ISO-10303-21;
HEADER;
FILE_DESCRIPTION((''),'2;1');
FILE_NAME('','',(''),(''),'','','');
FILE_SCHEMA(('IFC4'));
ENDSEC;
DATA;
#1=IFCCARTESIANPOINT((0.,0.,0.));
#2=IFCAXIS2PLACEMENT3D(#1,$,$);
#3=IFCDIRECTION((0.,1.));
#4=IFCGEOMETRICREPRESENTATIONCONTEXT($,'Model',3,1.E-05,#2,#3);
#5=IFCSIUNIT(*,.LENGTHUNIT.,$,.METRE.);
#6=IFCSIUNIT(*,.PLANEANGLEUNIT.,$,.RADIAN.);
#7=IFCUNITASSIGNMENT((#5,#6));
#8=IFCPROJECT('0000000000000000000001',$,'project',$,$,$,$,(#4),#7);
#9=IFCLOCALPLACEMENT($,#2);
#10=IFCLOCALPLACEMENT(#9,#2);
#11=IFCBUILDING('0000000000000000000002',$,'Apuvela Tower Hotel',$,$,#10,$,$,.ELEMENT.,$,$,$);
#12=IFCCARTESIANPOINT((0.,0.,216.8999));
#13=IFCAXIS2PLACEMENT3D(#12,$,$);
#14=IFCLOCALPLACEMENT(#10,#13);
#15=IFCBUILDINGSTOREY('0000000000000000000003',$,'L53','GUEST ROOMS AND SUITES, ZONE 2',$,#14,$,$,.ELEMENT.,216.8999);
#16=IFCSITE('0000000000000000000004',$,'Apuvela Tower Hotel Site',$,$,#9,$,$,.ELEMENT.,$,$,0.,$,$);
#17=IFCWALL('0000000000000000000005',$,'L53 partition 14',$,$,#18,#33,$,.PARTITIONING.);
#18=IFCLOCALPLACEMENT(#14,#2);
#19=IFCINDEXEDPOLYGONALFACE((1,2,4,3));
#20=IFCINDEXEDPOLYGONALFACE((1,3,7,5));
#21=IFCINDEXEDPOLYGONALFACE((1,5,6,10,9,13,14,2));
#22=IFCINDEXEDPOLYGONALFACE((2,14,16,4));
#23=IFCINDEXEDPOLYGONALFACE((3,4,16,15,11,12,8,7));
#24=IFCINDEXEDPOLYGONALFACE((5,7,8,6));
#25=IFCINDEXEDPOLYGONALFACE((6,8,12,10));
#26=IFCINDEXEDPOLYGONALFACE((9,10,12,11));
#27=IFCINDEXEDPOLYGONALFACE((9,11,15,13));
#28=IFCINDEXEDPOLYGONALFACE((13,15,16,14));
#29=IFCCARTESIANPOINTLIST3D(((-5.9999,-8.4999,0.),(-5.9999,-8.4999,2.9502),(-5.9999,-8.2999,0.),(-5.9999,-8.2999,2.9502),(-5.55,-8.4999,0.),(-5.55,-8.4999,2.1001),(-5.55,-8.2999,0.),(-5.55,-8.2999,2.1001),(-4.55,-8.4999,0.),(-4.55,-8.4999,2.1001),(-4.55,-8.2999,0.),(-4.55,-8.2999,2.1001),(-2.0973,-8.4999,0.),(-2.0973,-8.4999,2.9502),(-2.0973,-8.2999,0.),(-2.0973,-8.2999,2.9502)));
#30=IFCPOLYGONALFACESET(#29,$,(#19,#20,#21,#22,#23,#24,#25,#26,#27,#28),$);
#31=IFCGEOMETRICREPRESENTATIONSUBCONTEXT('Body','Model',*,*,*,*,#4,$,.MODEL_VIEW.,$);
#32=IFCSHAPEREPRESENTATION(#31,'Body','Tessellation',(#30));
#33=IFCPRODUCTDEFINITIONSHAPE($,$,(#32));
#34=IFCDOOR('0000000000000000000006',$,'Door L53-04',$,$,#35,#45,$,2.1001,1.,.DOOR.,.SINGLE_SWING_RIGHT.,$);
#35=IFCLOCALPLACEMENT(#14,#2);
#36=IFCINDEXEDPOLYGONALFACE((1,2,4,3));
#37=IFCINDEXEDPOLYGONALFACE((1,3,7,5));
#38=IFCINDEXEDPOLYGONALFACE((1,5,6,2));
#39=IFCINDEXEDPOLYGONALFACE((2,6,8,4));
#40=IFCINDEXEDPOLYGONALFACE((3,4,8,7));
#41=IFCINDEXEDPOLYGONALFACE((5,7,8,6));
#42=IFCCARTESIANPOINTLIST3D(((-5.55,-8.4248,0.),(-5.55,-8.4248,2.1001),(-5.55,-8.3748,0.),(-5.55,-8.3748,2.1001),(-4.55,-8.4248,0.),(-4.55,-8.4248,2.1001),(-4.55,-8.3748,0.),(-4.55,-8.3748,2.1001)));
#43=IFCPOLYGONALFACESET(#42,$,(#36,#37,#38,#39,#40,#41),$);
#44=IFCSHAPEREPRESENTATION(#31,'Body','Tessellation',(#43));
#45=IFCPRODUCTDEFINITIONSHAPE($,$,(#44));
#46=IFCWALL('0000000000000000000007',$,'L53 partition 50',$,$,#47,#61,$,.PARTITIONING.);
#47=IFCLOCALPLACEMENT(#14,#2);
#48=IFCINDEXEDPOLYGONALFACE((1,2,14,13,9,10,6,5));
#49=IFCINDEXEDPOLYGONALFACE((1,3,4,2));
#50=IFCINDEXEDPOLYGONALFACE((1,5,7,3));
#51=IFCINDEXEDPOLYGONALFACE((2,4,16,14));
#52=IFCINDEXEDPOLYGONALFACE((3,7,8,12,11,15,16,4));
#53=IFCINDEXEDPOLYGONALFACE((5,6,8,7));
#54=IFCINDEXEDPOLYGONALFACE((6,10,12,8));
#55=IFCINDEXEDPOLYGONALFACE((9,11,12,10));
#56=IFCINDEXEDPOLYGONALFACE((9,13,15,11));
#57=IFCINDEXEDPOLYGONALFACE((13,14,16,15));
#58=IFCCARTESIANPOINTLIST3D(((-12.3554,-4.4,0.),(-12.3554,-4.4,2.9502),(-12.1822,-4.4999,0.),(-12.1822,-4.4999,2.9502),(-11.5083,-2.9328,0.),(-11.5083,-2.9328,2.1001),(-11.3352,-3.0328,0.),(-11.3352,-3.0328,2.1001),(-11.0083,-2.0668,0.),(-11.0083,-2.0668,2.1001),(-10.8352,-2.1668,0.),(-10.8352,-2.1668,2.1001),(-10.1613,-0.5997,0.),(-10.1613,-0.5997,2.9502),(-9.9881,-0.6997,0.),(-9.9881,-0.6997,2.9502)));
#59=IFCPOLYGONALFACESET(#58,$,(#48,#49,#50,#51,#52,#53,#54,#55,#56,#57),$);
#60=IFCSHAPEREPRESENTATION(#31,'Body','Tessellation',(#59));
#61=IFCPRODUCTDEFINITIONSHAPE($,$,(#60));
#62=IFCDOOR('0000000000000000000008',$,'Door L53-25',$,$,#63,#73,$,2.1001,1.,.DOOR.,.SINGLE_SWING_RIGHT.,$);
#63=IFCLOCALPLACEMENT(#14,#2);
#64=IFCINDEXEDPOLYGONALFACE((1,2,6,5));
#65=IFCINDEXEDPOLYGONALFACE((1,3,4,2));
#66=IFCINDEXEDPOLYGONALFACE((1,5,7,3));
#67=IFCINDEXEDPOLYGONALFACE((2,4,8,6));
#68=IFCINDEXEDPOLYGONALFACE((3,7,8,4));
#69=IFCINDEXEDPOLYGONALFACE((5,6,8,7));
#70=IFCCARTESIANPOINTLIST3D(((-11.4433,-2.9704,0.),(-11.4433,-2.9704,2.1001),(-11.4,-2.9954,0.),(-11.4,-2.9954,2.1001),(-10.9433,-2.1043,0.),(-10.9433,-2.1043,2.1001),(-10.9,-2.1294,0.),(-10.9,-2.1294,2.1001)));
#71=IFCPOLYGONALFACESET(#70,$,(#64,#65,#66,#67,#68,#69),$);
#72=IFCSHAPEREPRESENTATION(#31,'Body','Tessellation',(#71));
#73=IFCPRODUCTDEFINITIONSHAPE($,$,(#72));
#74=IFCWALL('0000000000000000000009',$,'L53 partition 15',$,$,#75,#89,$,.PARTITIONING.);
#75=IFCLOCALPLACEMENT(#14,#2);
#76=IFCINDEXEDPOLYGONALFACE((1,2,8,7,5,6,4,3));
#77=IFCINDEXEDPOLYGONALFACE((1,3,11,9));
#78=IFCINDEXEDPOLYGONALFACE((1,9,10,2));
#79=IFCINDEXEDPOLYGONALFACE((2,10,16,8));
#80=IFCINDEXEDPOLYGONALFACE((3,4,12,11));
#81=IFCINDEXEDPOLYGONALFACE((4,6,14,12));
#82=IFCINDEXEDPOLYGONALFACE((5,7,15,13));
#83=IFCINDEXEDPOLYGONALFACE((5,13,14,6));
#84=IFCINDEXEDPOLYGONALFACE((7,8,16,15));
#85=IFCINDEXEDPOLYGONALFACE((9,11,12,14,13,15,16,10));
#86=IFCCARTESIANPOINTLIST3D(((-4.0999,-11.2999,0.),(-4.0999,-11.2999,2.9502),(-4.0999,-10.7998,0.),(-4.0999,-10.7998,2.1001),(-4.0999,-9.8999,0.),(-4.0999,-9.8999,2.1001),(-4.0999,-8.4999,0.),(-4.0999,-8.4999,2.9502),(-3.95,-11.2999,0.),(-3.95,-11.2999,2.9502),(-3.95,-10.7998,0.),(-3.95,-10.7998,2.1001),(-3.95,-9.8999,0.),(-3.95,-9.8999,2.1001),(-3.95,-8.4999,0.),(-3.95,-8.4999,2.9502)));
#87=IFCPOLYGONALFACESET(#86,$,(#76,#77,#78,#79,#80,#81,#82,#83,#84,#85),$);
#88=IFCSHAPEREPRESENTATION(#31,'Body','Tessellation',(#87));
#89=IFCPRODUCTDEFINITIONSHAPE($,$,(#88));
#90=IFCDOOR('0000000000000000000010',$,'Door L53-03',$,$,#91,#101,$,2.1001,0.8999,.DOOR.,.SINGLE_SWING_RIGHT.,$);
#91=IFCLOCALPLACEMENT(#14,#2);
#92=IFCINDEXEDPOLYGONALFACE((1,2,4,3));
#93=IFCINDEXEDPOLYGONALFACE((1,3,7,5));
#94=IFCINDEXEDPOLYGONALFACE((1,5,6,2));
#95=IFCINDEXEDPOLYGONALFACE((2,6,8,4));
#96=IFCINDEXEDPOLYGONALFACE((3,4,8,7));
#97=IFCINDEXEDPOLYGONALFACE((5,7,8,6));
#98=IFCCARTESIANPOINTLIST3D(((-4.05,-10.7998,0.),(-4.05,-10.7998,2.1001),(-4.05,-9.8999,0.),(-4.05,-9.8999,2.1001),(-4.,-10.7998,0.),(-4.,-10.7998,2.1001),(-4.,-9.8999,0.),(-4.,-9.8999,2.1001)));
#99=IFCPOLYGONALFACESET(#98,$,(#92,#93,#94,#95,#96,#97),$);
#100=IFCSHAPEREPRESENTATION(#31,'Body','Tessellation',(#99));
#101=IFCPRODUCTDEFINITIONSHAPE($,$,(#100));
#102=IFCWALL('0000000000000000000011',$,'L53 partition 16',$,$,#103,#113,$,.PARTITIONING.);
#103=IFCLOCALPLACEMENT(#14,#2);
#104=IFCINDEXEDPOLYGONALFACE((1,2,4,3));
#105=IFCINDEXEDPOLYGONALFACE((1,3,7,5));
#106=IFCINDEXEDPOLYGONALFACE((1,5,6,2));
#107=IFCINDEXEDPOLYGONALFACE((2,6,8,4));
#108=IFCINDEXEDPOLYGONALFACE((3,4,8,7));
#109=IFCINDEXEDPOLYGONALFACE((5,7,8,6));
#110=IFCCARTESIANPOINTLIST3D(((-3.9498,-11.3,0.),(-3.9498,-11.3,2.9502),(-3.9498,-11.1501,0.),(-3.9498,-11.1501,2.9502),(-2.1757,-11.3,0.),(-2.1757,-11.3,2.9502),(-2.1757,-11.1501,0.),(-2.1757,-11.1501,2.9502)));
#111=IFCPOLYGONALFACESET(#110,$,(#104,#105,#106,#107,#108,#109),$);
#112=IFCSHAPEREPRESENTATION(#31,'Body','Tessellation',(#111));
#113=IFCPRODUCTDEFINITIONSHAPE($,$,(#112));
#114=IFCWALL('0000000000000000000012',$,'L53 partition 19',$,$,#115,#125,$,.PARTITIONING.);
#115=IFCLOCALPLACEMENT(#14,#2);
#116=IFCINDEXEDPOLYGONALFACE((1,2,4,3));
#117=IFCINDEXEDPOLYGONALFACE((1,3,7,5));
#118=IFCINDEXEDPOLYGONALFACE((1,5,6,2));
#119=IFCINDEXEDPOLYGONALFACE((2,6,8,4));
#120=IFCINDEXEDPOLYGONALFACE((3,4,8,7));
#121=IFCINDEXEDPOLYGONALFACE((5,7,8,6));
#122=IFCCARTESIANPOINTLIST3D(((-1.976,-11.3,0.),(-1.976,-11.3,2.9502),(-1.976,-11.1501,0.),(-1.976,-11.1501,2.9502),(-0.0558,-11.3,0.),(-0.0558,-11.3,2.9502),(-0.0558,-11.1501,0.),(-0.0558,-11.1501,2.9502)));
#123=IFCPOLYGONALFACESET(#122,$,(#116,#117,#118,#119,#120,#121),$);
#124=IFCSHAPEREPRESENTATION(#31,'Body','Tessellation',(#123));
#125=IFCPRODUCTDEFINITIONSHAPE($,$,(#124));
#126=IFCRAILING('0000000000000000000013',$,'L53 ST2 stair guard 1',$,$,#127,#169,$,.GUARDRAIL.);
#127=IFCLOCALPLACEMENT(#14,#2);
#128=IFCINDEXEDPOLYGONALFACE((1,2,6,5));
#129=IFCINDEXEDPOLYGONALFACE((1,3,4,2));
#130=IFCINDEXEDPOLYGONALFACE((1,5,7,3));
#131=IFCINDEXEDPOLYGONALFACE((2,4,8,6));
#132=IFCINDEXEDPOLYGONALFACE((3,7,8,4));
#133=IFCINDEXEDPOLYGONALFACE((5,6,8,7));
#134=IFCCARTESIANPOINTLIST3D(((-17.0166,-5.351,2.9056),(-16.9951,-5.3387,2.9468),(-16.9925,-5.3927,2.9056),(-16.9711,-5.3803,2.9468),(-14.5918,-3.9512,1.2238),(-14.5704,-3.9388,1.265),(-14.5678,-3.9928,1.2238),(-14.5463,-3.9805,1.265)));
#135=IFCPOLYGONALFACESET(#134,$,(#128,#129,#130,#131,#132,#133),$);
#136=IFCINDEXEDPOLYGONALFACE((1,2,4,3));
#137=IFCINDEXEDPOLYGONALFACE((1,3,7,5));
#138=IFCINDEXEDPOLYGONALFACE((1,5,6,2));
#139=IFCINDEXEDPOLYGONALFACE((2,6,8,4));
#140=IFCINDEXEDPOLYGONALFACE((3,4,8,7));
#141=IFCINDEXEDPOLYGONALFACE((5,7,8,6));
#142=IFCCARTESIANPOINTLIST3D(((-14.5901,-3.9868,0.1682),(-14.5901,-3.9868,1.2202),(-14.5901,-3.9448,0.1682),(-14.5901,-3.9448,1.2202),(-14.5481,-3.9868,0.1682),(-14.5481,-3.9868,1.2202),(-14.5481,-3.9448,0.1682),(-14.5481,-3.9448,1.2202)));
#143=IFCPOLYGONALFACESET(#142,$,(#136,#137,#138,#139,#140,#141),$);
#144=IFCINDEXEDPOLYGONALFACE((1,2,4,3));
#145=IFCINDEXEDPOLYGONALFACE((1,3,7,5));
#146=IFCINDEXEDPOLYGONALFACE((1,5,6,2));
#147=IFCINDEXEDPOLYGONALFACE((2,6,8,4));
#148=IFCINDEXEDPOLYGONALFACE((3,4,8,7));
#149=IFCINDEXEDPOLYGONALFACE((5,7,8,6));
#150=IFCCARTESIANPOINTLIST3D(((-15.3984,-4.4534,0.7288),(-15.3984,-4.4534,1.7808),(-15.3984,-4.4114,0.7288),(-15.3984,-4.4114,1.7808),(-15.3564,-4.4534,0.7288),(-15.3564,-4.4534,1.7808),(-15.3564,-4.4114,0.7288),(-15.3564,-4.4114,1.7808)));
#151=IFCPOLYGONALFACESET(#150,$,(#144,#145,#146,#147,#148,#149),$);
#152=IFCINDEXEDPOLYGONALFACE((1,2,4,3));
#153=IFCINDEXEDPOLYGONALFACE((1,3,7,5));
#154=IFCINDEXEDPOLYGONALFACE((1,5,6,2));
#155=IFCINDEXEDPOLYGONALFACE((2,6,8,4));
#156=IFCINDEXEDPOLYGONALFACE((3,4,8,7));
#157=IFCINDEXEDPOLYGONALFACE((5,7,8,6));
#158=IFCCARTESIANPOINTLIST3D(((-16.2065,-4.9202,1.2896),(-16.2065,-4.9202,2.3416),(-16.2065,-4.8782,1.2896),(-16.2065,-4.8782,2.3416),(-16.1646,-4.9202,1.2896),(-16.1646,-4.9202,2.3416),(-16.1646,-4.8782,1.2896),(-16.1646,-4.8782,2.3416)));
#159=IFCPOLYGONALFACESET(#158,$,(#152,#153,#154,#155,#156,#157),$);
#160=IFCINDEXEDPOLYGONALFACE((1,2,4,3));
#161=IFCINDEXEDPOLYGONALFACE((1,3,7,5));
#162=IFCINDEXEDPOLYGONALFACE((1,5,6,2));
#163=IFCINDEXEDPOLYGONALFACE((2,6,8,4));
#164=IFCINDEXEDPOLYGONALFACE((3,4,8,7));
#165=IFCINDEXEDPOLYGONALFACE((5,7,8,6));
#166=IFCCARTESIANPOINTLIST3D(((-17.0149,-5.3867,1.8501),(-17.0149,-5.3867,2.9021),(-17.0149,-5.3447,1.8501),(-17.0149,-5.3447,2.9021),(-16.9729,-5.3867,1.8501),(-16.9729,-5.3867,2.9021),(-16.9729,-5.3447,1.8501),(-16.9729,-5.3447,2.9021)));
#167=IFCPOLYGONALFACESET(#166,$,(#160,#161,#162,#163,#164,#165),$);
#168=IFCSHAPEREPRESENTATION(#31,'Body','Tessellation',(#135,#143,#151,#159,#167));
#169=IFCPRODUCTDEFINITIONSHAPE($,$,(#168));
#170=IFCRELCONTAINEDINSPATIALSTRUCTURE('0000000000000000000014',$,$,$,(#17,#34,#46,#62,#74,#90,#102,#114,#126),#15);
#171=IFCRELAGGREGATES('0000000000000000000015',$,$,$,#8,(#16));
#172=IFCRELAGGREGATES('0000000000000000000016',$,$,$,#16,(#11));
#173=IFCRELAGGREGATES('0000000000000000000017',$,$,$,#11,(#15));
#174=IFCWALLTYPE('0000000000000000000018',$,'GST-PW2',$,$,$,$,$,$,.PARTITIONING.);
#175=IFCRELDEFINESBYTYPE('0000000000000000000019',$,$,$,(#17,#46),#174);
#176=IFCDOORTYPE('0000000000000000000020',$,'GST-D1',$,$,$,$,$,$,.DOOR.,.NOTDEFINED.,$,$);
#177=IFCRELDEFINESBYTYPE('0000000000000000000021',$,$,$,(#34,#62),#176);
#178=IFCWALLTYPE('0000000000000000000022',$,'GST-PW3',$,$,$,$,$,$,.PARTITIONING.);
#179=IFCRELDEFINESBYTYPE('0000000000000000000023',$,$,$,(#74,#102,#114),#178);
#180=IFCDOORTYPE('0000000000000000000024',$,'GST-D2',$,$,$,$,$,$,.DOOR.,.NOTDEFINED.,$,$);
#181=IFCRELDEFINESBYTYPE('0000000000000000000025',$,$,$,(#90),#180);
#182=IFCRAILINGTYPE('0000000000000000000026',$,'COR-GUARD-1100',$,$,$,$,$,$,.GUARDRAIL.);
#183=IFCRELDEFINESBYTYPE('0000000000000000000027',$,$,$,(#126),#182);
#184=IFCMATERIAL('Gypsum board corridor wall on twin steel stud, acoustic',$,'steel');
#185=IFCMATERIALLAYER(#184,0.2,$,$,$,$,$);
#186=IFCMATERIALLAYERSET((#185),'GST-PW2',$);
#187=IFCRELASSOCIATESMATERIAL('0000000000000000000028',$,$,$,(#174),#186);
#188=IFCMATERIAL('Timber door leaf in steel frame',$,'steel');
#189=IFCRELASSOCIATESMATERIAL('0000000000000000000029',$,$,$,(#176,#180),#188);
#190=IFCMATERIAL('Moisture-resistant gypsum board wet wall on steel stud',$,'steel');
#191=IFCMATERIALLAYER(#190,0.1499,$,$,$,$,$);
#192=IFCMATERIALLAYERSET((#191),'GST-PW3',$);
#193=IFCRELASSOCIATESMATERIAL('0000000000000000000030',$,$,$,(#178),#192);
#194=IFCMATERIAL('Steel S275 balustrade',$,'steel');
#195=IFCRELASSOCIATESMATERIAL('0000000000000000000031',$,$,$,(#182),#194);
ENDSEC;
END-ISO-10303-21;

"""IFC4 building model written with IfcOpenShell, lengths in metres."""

from ifc_helpers import new_model, si_unit, direction, frame, frame_2d, origin, origin_2d, place, context, subcontext, project, spatial, rectangle, extrude, material, layer, layer_set, type_object, element, fill, save


model = new_model("IFC4")

# Units and contexts
model_context = context("Model", 3, precision=1e-05, world=origin(), true_north=direction((0.0, 1.0)))
body_context = subcontext(model_context, "Body", "Model", "MODEL_VIEW")
ifc_project = project(units=[si_unit("LENGTHUNIT", "METRE"), si_unit("PLANEANGLEUNIT", "RADIAN")], contexts=[model_context])

# Site, building, storey
site_placement = place(None, origin())
site = spatial("IfcSite", under=ifc_project, at=site_placement, Name="Apuvela Tower Hotel Site", CompositionType="ELEMENT", RefElevation=0.0)
building_placement = place(site_placement, origin())
building = spatial("IfcBuilding", under=site, at=building_placement, Name="Apuvela Tower Hotel", CompositionType="ELEMENT")
storey_placement = place(building_placement, frame((0.0, 0.0, 216.8999)))
storey = spatial("IfcBuildingStorey", under=building, at=storey_placement, Name="L53", Description="GUEST ROOMS AND SUITES, ZONE 2", CompositionType="ELEMENT", Elevation=216.8999)

# Walls, openings, doors
ifc_material_1 = material(Name="Gypsum board corridor wall on twin steel stud, acoustic", Category="steel")
ifc_layer_1 = layer(ifc_material_1, 0.2)
ifc_layer_set_1 = layer_set([ifc_layer_1], Name="GST-PW2")
wall_type_1 = type_object("IfcWallType", Name="GST-PW2", PredefinedType="PARTITIONING", material=ifc_layer_set_1)
ifc_material_2 = material(Name="Timber door leaf in steel frame", Category="steel")
door_type_1 = type_object("IfcDoorType", Name="GST-D1", OperationType="NOTDEFINED", PredefinedType="DOOR", material=ifc_material_2)
wall_1_placement = place(storey_placement, frame((-2.0974, -8.3999, 0.0), z_axis=(0.0, 0.0, 1.0), x_axis=(-1.0, 0.0, 0.0)))
wall_1 = element("IfcWall", 1, at=wall_1_placement, inside=storey, type_object=wall_type_1, Name="L53 partition 14", PredefinedType="PARTITIONING", context=body_context, shape_type="SweptSolid", body=[
    extrude(rectangle(XDim=3.9026, YDim=0.2, at=frame_2d((1.9512, 0.0))), origin(), (0.0, 0.0, 1.0), 2.9502),
])
opening_1_placement = place(wall_1_placement, frame((2.4526, 0.0, 0.0)))
opening_1 = element("IfcOpeningElement", 2, at=opening_1_placement, cuts=wall_1, PredefinedType="OPENING", context=body_context, shape_type="SweptSolid", body=[
    extrude(rectangle(XDim=1.0, YDim=2.1001, at=frame_2d((0.5, 1.05))), frame((0.0, 0.1099, 0.0), z_axis=(0.0, -1.0, 0.0), x_axis=(1.0, 0.0, 0.0)), (0.0, 0.0, 1.0), 0.22),
])
door_1_placement = place(opening_1_placement, origin())
door_1 = element("IfcDoor", 3, at=door_1_placement, inside=storey, type_object=door_type_1, Name="Door L53-04", OperationType="SINGLE_SWING_RIGHT", OverallHeight=2.1001, OverallWidth=1.0, PredefinedType="DOOR", context=body_context, shape_type="SweptSolid", body=[
    extrude(rectangle(XDim=1.0, YDim=2.1001, at=frame_2d((0.5, 1.05))), frame((0.0, 0.0249, 0.0), z_axis=(0.0, -1.0, 0.0), x_axis=(1.0, 0.0, 0.0)), (0.0, 0.0, 1.0), 0.05),
])
fill(opening_1, door_1)
wall_2_placement = place(storey_placement, frame((-12.2688, -4.45, 0.0), z_axis=(0.0, 0.0, 1.0), x_axis=(0.499999, 0.866026, 0.0)))
wall_2 = element("IfcWall", 4, at=wall_2_placement, inside=storey, type_object=wall_type_1, Name="L53 partition 50", PredefinedType="PARTITIONING", context=body_context, shape_type="SweptSolid", body=[
    extrude(rectangle(XDim=4.3882, YDim=0.2, at=frame_2d((2.1941, 0.0))), origin(), (0.0, 0.0, 1.0), 2.9502),
])
opening_2_placement = place(wall_2_placement, frame((1.6941, 0.0, 0.0)))
opening_2 = element("IfcOpeningElement", 5, at=opening_2_placement, cuts=wall_2, PredefinedType="OPENING", context=body_context, shape_type="SweptSolid", body=[
    extrude(rectangle(XDim=1.0, YDim=2.1001, at=frame_2d((0.5, 1.05))), frame((0.0, 0.1099, 0.0), z_axis=(0.0, -1.0, 0.0), x_axis=(1.0, 0.0, 0.0)), (0.0, 0.0, 1.0), 0.22),
])
door_2_placement = place(opening_2_placement, origin())
door_2 = element("IfcDoor", 6, at=door_2_placement, inside=storey, type_object=door_type_1, Name="Door L53-25", OperationType="SINGLE_SWING_RIGHT", OverallHeight=2.1001, OverallWidth=1.0, PredefinedType="DOOR", context=body_context, shape_type="SweptSolid", body=[
    extrude(rectangle(XDim=1.0, YDim=2.1001, at=frame_2d((0.5, 1.05))), frame((0.0, 0.0249, 0.0), z_axis=(0.0, -1.0, 0.0), x_axis=(1.0, 0.0, 0.0)), (0.0, 0.0, 1.0), 0.05),
])
fill(opening_2, door_2)
ifc_material_3 = material(Name="Moisture-resistant gypsum board wet wall on steel stud", Category="steel")
ifc_layer_2 = layer(ifc_material_3, 0.1499)
ifc_layer_set_2 = layer_set([ifc_layer_2], Name="GST-PW3")
wall_type_2 = type_object("IfcWallType", Name="GST-PW3", PredefinedType="PARTITIONING", material=ifc_layer_set_2)
wall_3_placement = place(storey_placement, frame((-4.0249, -8.5, 0.0), z_axis=(0.0, 0.0, 1.0), x_axis=(0.0, -1.0, 0.0)))
wall_3 = element("IfcWall", 7, at=wall_3_placement, inside=storey, type_object=wall_type_2, Name="L53 partition 15", PredefinedType="PARTITIONING", context=body_context, shape_type="SweptSolid", body=[
    extrude(rectangle(XDim=2.8, YDim=0.1499, at=frame_2d((1.3999, 0.0))), origin(), (0.0, 0.0, 1.0), 2.9502),
])
opening_3_placement = place(wall_3_placement, frame((1.3999, 0.0, 0.0)))
opening_3 = element("IfcOpeningElement", 8, at=opening_3_placement, cuts=wall_3, PredefinedType="OPENING", context=body_context, shape_type="SweptSolid", body=[
    extrude(rectangle(XDim=0.8999, YDim=2.1001, at=frame_2d((0.45, 1.05))), frame((0.0, 0.085, 0.0), z_axis=(0.0, -1.0, 0.0), x_axis=(1.0, 0.0, 0.0)), (0.0, 0.0, 1.0), 0.1699),
])
door_type_2 = type_object("IfcDoorType", Name="GST-D2", OperationType="NOTDEFINED", PredefinedType="DOOR", material=ifc_material_2)
door_3_placement = place(opening_3_placement, origin())
door_3 = element("IfcDoor", 9, at=door_3_placement, inside=storey, type_object=door_type_2, Name="Door L53-03", OperationType="SINGLE_SWING_RIGHT", OverallHeight=2.1001, OverallWidth=0.8999, PredefinedType="DOOR", context=body_context, shape_type="SweptSolid", body=[
    extrude(rectangle(XDim=0.8999, YDim=2.1001, at=frame_2d((0.45, 1.05))), frame((0.0, 0.0249, 0.0), z_axis=(0.0, -1.0, 0.0), x_axis=(1.0, 0.0, 0.0)), (0.0, 0.0, 1.0), 0.05),
])
fill(opening_3, door_3)

# Walls
wall_4_placement = place(storey_placement, frame((-3.95, -11.2251, 0.0), z_axis=(0.0, 0.0, 1.0), x_axis=(1.0, 0.0, 0.0)))
element("IfcWall", 10, at=wall_4_placement, inside=storey, type_object=wall_type_2, Name="L53 partition 16", PredefinedType="PARTITIONING", context=body_context, shape_type="SweptSolid", body=[
    extrude(rectangle(XDim=1.7742, YDim=0.1499, at=frame_2d((0.8872, 0.0))), origin(), (0.0, 0.0, 1.0), 2.9502),
])
wall_5_placement = place(storey_placement, frame((-1.9758, -11.2251, 0.0), z_axis=(0.0, 0.0, 1.0), x_axis=(1.0, 0.0, 0.0)))
element("IfcWall", 11, at=wall_5_placement, inside=storey, type_object=wall_type_2, Name="L53 partition 19", PredefinedType="PARTITIONING", context=body_context, shape_type="SweptSolid", body=[
    extrude(rectangle(XDim=1.9202, YDim=0.1499, at=frame_2d((0.96, 0.0))), origin(), (0.0, 0.0, 1.0), 2.9502),
])

# Railing
ifc_material_4 = material(Name="Steel S275 balustrade", Category="steel")
railing_type = type_object("IfcRailingType", Name="COR-GUARD-1100", PredefinedType="GUARDRAIL", material=ifc_material_4)
railing_1_placement = place(storey_placement, frame((-14.5691, -3.9658, 0.1682)))
element("IfcRailing", 12, at=railing_1_placement, inside=storey, type_object=railing_type, Name="L53 ST2 stair guard 1", PredefinedType="GUARDRAIL", context=body_context, shape_type="SweptSolid", body=[
    extrude(rectangle(XDim=0.0481, YDim=0.0481, at=origin_2d()), frame((0.0, 0.0, 1.0762), z_axis=(-0.74239, -0.428601, 0.514934), x_axis=(0.499984, -0.866035, 0.0)), (0.0, 0.0, 1.0), 3.2661),
    extrude(rectangle(XDim=0.042, YDim=0.042, at=origin_2d()), origin(), (0.0, 0.0, 1.0), 1.052),
    extrude(rectangle(XDim=0.042, YDim=0.042, at=origin_2d()), frame((-0.8083, -0.4666, 0.5605)), (0.0, 0.0, 1.0), 1.052),
    extrude(rectangle(XDim=0.042, YDim=0.042, at=origin_2d()), frame((-1.6165, -0.9333, 1.1213)), (0.0, 0.0, 1.0), 1.052),
    extrude(rectangle(XDim=0.042, YDim=0.042, at=origin_2d()), frame((-2.4248, -1.3999, 1.6819)), (0.0, 0.0, 1.0), 1.052),
])

save(model, "model.ifc")
